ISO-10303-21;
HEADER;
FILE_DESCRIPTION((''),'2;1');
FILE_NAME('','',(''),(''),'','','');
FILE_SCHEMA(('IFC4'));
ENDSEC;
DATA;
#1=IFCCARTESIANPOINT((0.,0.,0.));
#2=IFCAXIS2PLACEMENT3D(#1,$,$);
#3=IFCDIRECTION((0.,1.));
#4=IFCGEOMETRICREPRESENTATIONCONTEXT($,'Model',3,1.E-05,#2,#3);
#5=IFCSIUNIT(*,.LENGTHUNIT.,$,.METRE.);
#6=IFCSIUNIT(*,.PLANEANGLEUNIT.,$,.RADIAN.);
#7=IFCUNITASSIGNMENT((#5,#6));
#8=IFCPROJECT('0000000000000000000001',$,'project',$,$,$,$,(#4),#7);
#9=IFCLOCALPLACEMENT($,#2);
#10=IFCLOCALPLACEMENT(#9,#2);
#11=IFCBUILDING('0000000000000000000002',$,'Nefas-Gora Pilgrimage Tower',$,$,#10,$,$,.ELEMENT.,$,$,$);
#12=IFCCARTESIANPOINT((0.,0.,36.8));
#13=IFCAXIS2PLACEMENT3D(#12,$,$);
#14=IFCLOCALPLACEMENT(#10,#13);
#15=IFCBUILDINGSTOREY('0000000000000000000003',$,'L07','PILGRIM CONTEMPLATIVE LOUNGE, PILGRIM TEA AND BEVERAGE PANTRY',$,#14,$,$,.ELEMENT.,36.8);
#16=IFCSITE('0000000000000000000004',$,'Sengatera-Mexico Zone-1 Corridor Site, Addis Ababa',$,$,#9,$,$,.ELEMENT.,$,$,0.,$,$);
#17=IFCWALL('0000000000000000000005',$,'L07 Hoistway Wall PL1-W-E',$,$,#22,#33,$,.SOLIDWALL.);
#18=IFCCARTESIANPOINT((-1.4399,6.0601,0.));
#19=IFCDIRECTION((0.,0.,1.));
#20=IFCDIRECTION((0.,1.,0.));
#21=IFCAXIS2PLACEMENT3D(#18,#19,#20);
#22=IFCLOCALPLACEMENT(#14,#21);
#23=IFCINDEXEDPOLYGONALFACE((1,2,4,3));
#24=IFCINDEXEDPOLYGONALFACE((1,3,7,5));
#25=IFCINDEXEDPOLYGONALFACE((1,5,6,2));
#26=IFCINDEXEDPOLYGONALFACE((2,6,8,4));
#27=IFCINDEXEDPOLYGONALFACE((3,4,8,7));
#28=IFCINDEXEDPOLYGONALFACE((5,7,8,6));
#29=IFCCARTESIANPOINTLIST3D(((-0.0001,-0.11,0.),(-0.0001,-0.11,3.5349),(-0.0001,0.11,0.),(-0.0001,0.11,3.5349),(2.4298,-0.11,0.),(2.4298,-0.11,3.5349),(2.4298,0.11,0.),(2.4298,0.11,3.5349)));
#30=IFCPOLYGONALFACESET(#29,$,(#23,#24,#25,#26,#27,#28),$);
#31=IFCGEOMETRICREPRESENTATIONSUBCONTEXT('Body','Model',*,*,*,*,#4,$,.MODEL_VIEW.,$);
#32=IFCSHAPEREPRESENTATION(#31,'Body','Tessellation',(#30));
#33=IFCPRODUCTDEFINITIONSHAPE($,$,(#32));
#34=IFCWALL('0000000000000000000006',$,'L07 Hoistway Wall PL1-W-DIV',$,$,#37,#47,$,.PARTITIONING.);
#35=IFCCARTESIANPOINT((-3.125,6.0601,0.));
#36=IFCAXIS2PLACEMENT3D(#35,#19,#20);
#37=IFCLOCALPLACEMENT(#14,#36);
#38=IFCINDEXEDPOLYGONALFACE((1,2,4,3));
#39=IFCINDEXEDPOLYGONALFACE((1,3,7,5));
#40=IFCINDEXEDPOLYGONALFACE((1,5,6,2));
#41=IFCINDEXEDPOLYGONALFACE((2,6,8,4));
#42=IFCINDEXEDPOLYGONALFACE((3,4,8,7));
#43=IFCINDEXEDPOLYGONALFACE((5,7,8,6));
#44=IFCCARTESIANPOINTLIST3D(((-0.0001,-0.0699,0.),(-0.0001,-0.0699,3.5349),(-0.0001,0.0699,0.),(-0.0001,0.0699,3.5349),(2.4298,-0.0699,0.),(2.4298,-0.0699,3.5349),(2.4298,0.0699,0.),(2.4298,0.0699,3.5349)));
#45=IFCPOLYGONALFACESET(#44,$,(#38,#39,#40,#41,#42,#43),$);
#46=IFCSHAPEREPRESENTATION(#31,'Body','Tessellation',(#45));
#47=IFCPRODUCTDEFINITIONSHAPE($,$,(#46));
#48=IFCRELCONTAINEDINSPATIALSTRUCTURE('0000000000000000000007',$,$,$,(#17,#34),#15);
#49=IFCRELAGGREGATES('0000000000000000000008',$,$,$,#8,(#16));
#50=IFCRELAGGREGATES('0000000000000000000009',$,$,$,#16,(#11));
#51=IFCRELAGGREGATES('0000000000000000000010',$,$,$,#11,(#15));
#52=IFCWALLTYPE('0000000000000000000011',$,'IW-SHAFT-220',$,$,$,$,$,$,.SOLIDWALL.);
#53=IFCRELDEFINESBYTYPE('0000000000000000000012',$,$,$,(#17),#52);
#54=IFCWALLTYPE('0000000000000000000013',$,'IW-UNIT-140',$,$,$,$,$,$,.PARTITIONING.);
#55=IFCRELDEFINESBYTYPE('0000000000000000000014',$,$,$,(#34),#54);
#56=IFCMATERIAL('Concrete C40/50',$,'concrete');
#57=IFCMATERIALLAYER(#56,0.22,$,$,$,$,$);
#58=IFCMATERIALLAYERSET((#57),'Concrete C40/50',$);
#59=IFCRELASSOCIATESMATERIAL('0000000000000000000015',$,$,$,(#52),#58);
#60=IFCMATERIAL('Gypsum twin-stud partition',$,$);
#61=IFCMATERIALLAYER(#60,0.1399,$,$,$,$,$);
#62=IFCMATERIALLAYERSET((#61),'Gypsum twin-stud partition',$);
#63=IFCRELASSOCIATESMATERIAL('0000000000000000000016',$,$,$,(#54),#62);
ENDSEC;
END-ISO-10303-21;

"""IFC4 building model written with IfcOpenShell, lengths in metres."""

from ifc_helpers import new_model, si_unit, direction, frame, frame_2d, origin, place, context, subcontext, project, spatial, rectangle, extrude, source, transform, mapped, material, layer, layer_set, type_object, element, save


model = new_model("IFC4")

# Units and contexts
model_context = context("Model", 3, precision=1e-05, world=origin(), true_north=direction((0.0, 1.0)))
body_context = subcontext(model_context, "Body", "Model", "MODEL_VIEW")
ifc_project = project(units=[si_unit("LENGTHUNIT", "METRE"), si_unit("PLANEANGLEUNIT", "RADIAN")], contexts=[model_context])

# Site, building, storey
site_placement = place(None, origin())
site = spatial("IfcSite", under=ifc_project, at=site_placement, Name="Sengatera-Mexico Zone-1 Corridor Site, Addis Ababa", CompositionType="ELEMENT", RefElevation=0.0)
building_placement = place(site_placement, origin())
building = spatial("IfcBuilding", under=site, at=building_placement, Name="Nefas-Gora Pilgrimage Tower", CompositionType="ELEMENT")
storey_placement = place(building_placement, frame((0.0, 0.0, 36.8)))
storey = spatial("IfcBuildingStorey", under=building, at=storey_placement, Name="L07", Description="PILGRIM CONTEMPLATIVE LOUNGE, PILGRIM TEA AND BEVERAGE PANTRY", CompositionType="ELEMENT", Elevation=36.8)

# Shared definitions
ifc_material_1 = material(Name="Concrete C40/50", Category="concrete")

# Shared definitions
ifc_layer_1 = layer(ifc_material_1, 0.22)
ifc_layer_set_1 = layer_set([ifc_layer_1], Name="Concrete C40/50")
wall_type_1 = type_object("IfcWallType", Name="IW-SHAFT-220", PredefinedType="SOLIDWALL", material=ifc_layer_set_1)

# Walls
shared_shape_1 = source(origin(), body_context, "Body", "SweptSolid", [
    extrude(rectangle(XDim=2.4299, YDim=0.22, at=frame_2d((1.2148, 0.0))), origin(), (0.0, 0.0, 1.0), 3.5349),
])
for number, where, z_axis, x_axis, name in (
    (1, (-1.4399, 6.0601, 0.0), (0.0, 0.0, 1.0), (0.0, 1.0, 0.0), "L07 Hoistway Wall PL1-W-E"),
):
    element("IfcWall", number, at=place(storey_placement, frame(where, z_axis=z_axis, x_axis=x_axis)), inside=storey, type_object=wall_type_1, Name=name, PredefinedType="SOLIDWALL", context=body_context, shape_type="MappedRepresentation", body=[
        mapped(shared_shape_1, transform((0.0, 0.0, 0.0), x_axis=(1.0, 0.0, 0.0), y_axis=(0.0, 1.0, 0.0), z_axis=(0.0, 0.0, 1.0), scale=1.0)),
    ])
ifc_material_2 = material(Name="Gypsum twin-stud partition")
ifc_layer_2 = layer(ifc_material_2, 0.1399)
ifc_layer_set_2 = layer_set([ifc_layer_2], Name="Gypsum twin-stud partition")
wall_type_2 = type_object("IfcWallType", Name="IW-UNIT-140", PredefinedType="PARTITIONING", material=ifc_layer_set_2)
shared_shape_2 = source(origin(), body_context, "Body", "SweptSolid", [
    extrude(rectangle(XDim=2.4299, YDim=0.1399, at=frame_2d((1.2148, 0.0))), origin(), (0.0, 0.0, 1.0), 3.5349),
])
wall_1_placement = place(storey_placement, frame((-3.125, 6.0601, 0.0), z_axis=(0.0, 0.0, 1.0), x_axis=(0.0, 1.0, 0.0)))
element("IfcWall", 2, at=wall_1_placement, inside=storey, type_object=wall_type_2, Name="L07 Hoistway Wall PL1-W-DIV", PredefinedType="PARTITIONING", context=body_context, shape_type="MappedRepresentation", body=[
    mapped(shared_shape_2, transform((0.0, 0.0, 0.0), x_axis=(1.0, 0.0, 0.0), y_axis=(0.0, 1.0, 0.0), z_axis=(0.0, 0.0, 1.0), scale=1.0)),
])

save(model, "model.ifc")
